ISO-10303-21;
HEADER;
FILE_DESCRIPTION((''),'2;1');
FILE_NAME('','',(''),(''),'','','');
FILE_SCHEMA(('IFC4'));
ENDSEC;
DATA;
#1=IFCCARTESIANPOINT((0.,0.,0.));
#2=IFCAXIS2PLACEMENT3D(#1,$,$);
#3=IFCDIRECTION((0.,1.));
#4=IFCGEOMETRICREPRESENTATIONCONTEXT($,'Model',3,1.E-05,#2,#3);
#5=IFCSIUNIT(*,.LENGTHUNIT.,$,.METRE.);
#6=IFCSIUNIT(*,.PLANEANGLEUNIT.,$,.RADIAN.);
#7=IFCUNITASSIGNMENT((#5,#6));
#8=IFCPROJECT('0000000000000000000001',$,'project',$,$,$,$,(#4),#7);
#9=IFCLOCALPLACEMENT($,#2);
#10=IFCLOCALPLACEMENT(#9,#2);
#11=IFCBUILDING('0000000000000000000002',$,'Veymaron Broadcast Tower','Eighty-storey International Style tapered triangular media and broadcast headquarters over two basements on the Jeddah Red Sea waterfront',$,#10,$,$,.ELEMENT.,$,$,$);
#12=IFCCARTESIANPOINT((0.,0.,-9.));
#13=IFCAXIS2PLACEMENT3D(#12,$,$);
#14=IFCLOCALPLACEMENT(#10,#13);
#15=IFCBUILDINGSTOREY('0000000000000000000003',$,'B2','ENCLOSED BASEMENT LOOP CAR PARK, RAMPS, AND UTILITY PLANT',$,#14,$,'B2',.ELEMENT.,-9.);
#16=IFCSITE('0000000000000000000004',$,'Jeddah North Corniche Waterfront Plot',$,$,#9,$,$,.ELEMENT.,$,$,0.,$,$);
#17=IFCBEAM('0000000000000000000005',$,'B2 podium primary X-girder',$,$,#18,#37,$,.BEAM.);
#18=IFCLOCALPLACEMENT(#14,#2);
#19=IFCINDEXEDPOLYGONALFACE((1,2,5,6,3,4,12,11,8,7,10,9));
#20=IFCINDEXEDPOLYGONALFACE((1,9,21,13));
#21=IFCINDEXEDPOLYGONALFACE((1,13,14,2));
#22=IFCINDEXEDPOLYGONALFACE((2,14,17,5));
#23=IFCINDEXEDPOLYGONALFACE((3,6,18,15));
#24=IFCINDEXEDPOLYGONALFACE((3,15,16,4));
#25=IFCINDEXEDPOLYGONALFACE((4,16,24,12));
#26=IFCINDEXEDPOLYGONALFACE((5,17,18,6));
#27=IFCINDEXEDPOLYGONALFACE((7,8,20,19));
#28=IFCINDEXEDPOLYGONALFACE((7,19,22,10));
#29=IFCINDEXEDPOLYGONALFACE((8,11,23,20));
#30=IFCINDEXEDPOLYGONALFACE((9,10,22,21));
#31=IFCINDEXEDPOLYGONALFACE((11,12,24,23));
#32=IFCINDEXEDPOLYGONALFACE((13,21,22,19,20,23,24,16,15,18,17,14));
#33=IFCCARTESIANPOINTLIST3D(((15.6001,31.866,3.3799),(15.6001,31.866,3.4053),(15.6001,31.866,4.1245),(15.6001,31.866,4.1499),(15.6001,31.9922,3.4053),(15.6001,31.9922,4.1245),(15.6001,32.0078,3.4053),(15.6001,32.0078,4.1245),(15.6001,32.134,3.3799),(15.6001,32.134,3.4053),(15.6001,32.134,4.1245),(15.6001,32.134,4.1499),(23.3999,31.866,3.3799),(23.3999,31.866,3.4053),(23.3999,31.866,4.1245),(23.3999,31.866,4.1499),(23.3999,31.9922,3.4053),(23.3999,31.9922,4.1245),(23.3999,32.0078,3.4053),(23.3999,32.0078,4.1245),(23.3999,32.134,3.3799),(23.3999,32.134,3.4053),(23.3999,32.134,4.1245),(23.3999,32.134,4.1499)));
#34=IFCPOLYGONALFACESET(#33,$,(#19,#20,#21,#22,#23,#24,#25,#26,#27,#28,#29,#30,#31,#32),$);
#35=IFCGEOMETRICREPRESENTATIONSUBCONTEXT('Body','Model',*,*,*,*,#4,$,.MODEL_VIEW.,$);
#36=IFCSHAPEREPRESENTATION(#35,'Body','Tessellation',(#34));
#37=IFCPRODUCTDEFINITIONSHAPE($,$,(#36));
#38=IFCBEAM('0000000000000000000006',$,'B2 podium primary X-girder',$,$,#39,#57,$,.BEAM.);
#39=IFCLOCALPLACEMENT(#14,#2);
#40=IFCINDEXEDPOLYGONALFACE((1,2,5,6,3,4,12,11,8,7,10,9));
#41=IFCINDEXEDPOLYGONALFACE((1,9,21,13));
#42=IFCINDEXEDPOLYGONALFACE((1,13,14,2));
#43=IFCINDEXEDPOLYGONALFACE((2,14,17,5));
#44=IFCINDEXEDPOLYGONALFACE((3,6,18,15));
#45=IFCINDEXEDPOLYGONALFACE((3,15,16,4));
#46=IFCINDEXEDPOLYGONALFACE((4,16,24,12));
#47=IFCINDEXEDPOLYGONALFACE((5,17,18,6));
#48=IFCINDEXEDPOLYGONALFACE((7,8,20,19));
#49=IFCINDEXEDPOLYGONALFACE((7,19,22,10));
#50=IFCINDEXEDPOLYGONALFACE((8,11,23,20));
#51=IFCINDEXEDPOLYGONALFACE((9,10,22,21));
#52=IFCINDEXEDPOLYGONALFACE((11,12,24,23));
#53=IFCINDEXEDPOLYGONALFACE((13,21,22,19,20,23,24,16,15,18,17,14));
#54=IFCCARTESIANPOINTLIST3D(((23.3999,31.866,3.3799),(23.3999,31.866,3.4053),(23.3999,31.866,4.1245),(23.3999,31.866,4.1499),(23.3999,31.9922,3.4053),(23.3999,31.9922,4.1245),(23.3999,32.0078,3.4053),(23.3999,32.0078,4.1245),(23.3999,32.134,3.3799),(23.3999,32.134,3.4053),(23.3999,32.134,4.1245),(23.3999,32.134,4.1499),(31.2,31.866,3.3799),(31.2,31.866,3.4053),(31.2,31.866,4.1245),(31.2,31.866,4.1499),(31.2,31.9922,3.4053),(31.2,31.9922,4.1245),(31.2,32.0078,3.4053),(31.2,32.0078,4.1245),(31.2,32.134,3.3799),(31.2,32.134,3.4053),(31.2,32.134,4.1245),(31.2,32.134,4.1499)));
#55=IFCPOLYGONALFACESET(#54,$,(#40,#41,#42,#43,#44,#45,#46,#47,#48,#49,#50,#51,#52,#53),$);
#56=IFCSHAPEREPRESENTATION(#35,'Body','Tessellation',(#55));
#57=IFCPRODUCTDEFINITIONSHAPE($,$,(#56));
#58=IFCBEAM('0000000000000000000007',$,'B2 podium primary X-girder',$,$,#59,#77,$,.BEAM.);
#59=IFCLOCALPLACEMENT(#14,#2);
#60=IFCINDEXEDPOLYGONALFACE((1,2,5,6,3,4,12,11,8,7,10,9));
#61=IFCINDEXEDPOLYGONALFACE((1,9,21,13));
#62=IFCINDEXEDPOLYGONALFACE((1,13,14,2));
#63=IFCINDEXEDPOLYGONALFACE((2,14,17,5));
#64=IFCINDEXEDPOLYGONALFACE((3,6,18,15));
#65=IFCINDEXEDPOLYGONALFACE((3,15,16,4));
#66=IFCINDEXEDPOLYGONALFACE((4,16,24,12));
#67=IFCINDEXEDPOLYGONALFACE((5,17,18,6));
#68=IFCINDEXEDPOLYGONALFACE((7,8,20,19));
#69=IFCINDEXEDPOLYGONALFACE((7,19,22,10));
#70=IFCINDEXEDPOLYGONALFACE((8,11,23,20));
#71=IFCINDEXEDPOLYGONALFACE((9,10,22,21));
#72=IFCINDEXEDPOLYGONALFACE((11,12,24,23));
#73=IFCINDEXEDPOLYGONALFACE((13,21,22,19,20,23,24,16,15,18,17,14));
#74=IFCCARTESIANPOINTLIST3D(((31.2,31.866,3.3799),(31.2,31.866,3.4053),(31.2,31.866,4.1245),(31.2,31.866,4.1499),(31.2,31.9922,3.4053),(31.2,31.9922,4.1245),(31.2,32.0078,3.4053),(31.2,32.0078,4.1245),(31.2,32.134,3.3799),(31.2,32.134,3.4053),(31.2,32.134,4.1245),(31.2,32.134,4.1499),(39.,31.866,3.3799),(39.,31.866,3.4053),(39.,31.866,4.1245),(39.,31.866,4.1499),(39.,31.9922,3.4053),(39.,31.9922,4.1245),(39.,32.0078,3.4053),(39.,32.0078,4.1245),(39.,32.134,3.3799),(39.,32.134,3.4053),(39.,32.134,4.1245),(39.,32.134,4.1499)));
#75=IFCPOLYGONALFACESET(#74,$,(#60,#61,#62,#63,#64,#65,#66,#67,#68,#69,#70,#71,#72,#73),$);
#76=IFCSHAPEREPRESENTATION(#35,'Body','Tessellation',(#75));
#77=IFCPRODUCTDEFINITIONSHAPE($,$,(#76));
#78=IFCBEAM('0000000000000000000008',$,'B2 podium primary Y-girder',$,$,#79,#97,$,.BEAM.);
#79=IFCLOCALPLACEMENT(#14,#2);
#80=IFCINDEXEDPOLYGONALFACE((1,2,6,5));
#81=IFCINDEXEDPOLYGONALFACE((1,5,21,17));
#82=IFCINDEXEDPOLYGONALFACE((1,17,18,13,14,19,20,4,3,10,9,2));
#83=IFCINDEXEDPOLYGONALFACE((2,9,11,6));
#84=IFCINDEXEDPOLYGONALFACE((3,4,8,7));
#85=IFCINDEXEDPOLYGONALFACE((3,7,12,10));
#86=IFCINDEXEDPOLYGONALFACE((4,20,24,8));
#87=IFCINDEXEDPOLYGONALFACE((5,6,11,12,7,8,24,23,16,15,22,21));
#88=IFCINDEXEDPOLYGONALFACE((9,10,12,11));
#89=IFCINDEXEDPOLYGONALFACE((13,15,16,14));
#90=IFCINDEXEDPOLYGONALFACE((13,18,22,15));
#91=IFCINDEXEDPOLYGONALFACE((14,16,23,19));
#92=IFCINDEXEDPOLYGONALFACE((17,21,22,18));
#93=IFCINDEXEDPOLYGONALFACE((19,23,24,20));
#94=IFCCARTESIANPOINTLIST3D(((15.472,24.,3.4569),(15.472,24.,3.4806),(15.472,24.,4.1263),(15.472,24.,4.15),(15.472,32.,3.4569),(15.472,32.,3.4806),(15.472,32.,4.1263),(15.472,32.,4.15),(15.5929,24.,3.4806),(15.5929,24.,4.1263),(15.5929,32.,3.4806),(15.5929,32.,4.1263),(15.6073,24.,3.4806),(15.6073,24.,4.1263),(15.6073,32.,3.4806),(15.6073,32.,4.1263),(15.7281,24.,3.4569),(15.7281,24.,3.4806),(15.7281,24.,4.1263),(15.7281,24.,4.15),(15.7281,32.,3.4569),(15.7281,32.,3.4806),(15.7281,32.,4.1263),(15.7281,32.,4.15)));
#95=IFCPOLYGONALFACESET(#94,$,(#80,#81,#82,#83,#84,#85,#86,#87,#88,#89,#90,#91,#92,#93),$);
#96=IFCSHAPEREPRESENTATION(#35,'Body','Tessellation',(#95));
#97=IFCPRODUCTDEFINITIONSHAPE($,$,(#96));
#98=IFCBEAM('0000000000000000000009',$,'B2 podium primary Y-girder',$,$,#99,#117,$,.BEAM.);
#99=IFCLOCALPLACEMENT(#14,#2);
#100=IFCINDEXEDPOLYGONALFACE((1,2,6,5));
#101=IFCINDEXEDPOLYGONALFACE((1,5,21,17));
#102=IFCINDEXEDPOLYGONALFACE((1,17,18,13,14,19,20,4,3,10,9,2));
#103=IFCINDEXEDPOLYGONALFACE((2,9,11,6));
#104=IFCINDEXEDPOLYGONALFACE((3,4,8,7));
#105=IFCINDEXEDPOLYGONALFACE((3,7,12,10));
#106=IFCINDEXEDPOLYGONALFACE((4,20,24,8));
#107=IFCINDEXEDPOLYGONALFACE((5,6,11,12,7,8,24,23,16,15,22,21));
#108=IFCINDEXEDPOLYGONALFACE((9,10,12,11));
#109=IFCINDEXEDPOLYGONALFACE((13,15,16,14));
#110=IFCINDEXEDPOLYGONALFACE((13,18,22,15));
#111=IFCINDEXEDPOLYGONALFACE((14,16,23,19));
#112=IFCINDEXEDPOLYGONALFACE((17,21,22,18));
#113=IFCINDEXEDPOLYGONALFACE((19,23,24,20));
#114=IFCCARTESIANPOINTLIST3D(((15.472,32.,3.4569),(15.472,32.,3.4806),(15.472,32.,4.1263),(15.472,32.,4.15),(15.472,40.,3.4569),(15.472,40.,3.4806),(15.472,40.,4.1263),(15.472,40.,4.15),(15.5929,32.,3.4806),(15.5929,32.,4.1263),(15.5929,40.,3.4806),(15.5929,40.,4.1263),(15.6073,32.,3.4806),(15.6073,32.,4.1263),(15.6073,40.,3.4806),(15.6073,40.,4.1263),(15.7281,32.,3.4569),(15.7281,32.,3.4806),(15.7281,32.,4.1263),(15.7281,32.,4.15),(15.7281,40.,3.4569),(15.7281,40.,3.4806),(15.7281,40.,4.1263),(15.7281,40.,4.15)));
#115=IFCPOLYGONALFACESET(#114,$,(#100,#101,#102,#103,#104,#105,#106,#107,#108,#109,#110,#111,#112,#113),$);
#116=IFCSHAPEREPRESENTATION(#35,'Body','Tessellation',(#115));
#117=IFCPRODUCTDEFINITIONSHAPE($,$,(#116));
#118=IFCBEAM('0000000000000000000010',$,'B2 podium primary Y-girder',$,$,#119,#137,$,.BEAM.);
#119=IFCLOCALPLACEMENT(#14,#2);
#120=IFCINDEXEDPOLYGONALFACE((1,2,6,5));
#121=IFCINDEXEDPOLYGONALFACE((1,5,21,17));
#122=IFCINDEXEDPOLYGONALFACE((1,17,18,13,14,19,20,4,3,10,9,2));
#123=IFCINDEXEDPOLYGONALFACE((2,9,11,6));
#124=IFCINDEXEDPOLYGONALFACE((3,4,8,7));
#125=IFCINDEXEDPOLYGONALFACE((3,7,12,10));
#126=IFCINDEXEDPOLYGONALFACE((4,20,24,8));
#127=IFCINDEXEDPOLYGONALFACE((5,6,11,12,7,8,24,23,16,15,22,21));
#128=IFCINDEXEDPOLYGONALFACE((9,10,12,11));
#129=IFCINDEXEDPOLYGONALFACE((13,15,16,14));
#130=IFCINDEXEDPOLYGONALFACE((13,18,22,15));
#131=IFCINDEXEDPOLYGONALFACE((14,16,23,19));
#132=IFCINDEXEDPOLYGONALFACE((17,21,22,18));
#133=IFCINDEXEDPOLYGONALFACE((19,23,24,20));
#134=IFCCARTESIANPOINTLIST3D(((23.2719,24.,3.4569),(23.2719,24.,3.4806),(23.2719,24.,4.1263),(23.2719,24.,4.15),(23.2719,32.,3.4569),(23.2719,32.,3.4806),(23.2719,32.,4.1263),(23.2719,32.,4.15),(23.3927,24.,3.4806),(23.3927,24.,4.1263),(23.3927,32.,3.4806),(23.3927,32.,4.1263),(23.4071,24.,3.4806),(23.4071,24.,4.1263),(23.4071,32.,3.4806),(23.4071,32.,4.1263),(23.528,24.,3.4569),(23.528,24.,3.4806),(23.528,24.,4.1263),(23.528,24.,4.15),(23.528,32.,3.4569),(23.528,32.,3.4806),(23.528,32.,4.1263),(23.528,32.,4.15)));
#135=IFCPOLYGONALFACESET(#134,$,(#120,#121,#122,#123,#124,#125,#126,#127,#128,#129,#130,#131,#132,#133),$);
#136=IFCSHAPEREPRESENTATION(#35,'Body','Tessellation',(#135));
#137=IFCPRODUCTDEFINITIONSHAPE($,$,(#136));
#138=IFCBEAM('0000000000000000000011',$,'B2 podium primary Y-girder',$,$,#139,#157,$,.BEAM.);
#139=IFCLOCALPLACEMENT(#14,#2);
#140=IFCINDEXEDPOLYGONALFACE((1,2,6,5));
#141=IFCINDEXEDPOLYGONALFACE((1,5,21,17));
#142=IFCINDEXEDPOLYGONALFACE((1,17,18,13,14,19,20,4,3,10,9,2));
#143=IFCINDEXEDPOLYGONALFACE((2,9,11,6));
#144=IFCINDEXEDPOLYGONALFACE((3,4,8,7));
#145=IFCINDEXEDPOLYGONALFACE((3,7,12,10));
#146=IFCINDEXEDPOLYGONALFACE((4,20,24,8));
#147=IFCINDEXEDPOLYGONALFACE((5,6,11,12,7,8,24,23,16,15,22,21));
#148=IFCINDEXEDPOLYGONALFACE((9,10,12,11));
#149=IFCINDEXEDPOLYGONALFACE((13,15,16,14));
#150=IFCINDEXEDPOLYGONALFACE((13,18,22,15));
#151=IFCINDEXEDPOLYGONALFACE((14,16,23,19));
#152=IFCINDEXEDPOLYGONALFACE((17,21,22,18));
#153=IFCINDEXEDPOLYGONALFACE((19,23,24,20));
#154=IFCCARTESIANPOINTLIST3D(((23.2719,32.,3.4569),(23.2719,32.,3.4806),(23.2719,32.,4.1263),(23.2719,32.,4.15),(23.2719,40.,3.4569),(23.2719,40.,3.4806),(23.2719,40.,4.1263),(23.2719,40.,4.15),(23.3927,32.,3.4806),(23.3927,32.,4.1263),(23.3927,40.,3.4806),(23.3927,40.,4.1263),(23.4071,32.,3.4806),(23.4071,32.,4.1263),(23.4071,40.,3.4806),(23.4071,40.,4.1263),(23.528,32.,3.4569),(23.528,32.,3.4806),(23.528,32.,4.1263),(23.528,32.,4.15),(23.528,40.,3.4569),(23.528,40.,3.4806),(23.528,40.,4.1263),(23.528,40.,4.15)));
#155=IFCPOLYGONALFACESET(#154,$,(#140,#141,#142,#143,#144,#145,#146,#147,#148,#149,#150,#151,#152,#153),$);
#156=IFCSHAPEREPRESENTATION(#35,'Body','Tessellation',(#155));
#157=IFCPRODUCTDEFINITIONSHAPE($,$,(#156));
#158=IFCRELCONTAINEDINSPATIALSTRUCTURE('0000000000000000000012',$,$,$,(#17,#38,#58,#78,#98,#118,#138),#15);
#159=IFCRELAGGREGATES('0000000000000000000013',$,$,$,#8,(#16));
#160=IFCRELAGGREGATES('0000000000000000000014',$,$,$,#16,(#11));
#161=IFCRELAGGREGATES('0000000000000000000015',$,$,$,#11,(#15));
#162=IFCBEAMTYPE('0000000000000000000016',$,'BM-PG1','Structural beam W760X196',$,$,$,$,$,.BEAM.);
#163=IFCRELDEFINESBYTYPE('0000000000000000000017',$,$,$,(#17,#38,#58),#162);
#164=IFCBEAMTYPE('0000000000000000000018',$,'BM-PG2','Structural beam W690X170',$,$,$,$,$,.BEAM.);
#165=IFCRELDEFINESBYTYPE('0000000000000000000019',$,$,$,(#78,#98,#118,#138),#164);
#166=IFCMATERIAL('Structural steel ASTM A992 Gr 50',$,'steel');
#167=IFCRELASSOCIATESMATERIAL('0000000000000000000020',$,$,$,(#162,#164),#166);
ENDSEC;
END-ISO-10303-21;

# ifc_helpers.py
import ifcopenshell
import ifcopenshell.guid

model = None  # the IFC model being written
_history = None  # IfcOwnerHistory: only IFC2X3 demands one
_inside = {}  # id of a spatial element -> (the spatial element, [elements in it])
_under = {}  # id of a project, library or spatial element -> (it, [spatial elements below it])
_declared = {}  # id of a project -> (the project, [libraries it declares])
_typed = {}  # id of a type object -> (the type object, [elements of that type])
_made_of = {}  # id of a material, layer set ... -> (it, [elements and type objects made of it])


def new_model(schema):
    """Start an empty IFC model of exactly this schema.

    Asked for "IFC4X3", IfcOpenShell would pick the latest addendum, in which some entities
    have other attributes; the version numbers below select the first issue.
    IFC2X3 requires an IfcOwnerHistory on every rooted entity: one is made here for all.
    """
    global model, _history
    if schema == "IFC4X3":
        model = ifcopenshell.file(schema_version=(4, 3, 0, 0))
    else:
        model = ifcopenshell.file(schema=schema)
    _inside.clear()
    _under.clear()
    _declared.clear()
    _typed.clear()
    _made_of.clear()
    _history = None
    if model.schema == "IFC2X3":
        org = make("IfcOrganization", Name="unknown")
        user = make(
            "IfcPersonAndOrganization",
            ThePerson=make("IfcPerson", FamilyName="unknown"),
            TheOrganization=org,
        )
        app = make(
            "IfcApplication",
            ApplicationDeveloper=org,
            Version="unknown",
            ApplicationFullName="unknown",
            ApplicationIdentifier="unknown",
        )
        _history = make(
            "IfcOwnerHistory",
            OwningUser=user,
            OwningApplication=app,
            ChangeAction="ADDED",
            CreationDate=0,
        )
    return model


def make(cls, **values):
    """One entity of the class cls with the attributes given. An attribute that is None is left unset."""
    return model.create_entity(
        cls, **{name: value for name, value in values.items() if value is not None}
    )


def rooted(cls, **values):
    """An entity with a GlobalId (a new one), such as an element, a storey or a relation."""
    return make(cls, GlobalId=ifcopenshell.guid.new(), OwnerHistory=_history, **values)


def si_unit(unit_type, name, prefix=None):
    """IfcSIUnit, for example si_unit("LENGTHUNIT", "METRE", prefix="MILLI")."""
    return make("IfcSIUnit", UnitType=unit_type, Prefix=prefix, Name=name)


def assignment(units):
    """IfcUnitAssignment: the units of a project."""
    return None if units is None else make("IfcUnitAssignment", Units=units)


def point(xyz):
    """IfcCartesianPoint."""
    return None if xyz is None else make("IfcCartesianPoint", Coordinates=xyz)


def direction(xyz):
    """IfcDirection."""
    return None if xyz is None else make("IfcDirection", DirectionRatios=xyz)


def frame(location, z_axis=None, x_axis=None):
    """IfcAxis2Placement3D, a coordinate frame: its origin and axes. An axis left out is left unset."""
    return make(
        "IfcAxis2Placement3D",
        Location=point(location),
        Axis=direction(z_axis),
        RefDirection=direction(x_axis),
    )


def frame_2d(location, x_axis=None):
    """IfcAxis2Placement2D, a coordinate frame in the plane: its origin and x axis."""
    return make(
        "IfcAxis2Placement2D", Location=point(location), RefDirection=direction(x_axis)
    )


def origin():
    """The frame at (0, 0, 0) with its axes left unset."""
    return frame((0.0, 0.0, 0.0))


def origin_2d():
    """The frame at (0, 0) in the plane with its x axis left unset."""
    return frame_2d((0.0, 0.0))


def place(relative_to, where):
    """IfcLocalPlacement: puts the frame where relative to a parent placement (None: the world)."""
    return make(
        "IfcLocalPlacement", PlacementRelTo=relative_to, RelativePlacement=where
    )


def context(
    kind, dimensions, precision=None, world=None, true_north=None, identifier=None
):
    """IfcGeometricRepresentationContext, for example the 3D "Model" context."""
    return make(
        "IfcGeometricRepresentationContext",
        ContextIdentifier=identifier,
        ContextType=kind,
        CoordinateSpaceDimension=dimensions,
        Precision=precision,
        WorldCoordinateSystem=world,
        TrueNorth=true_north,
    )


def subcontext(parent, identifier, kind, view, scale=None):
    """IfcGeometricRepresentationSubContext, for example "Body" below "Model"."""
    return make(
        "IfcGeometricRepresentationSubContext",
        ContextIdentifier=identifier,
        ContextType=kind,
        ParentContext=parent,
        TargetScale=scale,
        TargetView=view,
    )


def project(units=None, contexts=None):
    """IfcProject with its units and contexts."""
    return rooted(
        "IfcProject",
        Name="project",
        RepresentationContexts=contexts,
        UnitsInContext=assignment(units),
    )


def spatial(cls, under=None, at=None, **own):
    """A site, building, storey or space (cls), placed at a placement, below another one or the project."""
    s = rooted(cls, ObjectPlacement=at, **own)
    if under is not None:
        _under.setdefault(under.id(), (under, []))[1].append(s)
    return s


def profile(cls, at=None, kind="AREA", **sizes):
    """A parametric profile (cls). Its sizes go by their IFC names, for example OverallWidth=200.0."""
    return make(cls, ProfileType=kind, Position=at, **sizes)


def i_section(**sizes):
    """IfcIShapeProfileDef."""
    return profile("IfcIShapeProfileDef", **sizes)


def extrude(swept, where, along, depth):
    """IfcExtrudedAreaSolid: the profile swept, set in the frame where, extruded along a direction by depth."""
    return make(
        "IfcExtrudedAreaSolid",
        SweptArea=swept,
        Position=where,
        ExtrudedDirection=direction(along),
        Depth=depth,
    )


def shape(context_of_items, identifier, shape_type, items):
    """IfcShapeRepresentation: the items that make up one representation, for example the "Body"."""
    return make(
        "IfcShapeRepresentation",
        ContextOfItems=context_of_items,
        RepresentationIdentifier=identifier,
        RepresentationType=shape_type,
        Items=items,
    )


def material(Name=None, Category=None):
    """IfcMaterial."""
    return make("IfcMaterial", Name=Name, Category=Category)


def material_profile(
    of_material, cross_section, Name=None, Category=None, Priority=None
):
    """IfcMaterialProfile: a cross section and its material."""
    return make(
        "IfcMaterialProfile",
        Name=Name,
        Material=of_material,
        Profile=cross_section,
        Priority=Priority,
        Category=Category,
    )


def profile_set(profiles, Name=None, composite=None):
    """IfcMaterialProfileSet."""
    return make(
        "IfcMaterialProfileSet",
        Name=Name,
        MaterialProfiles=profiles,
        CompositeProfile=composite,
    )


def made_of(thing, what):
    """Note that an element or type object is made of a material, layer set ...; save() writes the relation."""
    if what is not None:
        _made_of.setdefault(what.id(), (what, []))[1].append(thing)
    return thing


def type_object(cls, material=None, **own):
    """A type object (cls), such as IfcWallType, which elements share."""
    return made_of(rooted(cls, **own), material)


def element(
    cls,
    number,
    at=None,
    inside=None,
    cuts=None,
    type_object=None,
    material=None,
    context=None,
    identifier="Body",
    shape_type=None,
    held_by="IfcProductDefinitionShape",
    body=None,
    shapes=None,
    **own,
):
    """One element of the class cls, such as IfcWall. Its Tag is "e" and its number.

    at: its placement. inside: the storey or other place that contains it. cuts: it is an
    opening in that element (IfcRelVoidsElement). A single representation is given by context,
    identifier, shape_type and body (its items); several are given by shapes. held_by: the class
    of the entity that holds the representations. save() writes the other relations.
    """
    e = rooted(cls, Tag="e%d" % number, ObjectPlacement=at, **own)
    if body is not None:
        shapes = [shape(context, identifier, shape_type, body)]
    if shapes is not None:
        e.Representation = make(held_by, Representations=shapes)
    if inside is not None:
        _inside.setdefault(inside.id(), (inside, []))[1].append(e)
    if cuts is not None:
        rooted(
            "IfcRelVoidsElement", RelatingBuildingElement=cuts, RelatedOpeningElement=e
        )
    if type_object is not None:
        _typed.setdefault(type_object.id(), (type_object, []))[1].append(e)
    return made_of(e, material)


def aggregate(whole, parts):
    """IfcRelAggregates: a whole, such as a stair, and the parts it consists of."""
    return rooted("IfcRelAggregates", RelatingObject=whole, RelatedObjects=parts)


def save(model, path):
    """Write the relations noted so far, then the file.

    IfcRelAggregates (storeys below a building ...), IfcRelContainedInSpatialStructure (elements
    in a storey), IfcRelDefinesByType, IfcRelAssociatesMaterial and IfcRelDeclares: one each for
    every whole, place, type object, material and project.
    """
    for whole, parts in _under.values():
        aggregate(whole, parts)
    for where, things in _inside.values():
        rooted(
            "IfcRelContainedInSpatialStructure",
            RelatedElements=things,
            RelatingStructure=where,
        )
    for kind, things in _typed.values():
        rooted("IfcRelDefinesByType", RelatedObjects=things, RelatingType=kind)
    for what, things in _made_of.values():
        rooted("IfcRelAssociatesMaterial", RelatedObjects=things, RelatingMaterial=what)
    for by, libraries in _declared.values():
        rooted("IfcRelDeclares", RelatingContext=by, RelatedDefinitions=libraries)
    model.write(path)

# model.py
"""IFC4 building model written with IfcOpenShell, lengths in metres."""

from ifc_helpers import new_model, si_unit, direction, frame, origin, origin_2d, place, context, subcontext, project, spatial, i_section, extrude, material, material_profile, profile_set, type_object, element, save


model = new_model("IFC4")

# Units and contexts
model_context = context("Model", 3, precision=1e-05, world=origin(), true_north=direction((0.0, 1.0)))
body_context = subcontext(model_context, "Body", "Model", "MODEL_VIEW")
ifc_project = project(units=[si_unit("LENGTHUNIT", "METRE"), si_unit("PLANEANGLEUNIT", "RADIAN")], contexts=[model_context])

# Site, building, storey
site_placement = place(None, origin())
site = spatial("IfcSite", under=ifc_project, at=site_placement, Name="Jeddah North Corniche Waterfront Plot", CompositionType="ELEMENT", RefElevation=0.0)
building_placement = place(site_placement, origin())
building = spatial("IfcBuilding", under=site, at=building_placement, Name="Veymaron Broadcast Tower", Description="Eighty-storey International Style tapered triangular media and broadcast headquarters over two basements on the Jeddah Red Sea waterfront", CompositionType="ELEMENT")
storey_placement = place(building_placement, frame((0.0, 0.0, -9.0)))
storey = spatial("IfcBuildingStorey", under=building, at=storey_placement, Name="B2", Description="ENCLOSED BASEMENT LOOP CAR PARK, RAMPS, AND UTILITY PLANT", LongName="B2", CompositionType="ELEMENT", Elevation=-9.0)

# Beams
ifc_material_1 = material(Name="Structural steel ASTM A992 Gr 50", Category="steel")
ifc_material_profile_1 = material_profile(ifc_material_1, i_section(OverallWidth=0.2681, OverallDepth=0.77, WebThickness=0.0156, FlangeThickness=0.0254, at=origin_2d()), Name="W760X196")
ifc_profile_set_1 = profile_set([ifc_material_profile_1], Name="Structural steel ASTM A992 Gr 50")
beam_type_1 = type_object("IfcBeamType", Name="BM-PG1", Description="Structural beam W760X196", PredefinedType="BEAM", material=ifc_profile_set_1)
beam_1_placement = place(storey_placement, frame((15.6001, 32.0, 3.7649), z_axis=(1.0, 0.0, 0.0), x_axis=(0.0, 1.0, 0.0)))
element("IfcBeam", 1, at=beam_1_placement, inside=storey, type_object=beam_type_1, Name="B2 podium primary X-girder", PredefinedType="BEAM", context=body_context, shape_type="SweptSolid", body=[
    extrude(i_section(OverallWidth=0.2681, OverallDepth=0.77, WebThickness=0.0156, FlangeThickness=0.0254, at=origin_2d()), origin(), (0.0, 0.0, 1.0), 7.7998),
])
for number, where, z_axis, x_axis, name in (
    (2, (23.3999, 32.0, 3.7649), (1.0, 0.0, 0.0), (0.0, 1.0, 0.0), "B2 podium primary X-girder"),
    (3, (31.2, 32.0, 3.7649), (1.0, 0.0, 0.0), (0.0, 1.0, 0.0), "B2 podium primary X-girder"),
):
    element("IfcBeam", number, at=place(storey_placement, frame(where, z_axis=z_axis, x_axis=x_axis)), inside=storey, type_object=beam_type_1, Name=name, PredefinedType="BEAM", context=body_context, shape_type="SweptSolid", body=[
        extrude(i_section(OverallWidth=0.2681, OverallDepth=0.77, WebThickness=0.0156, FlangeThickness=0.0254, at=origin_2d()), origin(), (0.0, 0.0, 1.0), 7.8),
    ])
ifc_material_profile_2 = material_profile(ifc_material_1, i_section(OverallWidth=0.2561, OverallDepth=0.6931, WebThickness=0.0144, FlangeThickness=0.0237, at=origin_2d()), Name="W690X170")
ifc_profile_set_2 = profile_set([ifc_material_profile_2], Name="Structural steel ASTM A992 Gr 50")
beam_type_2 = type_object("IfcBeamType", Name="BM-PG2", Description="Structural beam W690X170", PredefinedType="BEAM", material=ifc_profile_set_2)
for number, where, z_axis, x_axis, name in (
    (4, (15.6001, 24.0, 3.8035), (0.0, 1.0, 0.0), (-1.0, 0.0, 0.0), "B2 podium primary Y-girder"),
    (5, (15.6001, 32.0, 3.8035), (0.0, 1.0, 0.0), (-1.0, 0.0, 0.0), "B2 podium primary Y-girder"),
    (6, (23.3999, 24.0, 3.8035), (0.0, 1.0, 0.0), (-1.0, 0.0, 0.0), "B2 podium primary Y-girder"),
    (7, (23.3999, 32.0, 3.8035), (0.0, 1.0, 0.0), (-1.0, 0.0, 0.0), "B2 podium primary Y-girder"),
):
    element("IfcBeam", number, at=place(storey_placement, frame(where, z_axis=z_axis, x_axis=x_axis)), inside=storey, type_object=beam_type_2, Name=name, PredefinedType="BEAM", context=body_context, shape_type="SweptSolid", body=[
        extrude(i_section(OverallWidth=0.2561, OverallDepth=0.6931, WebThickness=0.0144, FlangeThickness=0.0237, at=origin_2d()), origin(), (0.0, 0.0, 1.0), 8.0),
    ])

save(model, "model.ifc")
